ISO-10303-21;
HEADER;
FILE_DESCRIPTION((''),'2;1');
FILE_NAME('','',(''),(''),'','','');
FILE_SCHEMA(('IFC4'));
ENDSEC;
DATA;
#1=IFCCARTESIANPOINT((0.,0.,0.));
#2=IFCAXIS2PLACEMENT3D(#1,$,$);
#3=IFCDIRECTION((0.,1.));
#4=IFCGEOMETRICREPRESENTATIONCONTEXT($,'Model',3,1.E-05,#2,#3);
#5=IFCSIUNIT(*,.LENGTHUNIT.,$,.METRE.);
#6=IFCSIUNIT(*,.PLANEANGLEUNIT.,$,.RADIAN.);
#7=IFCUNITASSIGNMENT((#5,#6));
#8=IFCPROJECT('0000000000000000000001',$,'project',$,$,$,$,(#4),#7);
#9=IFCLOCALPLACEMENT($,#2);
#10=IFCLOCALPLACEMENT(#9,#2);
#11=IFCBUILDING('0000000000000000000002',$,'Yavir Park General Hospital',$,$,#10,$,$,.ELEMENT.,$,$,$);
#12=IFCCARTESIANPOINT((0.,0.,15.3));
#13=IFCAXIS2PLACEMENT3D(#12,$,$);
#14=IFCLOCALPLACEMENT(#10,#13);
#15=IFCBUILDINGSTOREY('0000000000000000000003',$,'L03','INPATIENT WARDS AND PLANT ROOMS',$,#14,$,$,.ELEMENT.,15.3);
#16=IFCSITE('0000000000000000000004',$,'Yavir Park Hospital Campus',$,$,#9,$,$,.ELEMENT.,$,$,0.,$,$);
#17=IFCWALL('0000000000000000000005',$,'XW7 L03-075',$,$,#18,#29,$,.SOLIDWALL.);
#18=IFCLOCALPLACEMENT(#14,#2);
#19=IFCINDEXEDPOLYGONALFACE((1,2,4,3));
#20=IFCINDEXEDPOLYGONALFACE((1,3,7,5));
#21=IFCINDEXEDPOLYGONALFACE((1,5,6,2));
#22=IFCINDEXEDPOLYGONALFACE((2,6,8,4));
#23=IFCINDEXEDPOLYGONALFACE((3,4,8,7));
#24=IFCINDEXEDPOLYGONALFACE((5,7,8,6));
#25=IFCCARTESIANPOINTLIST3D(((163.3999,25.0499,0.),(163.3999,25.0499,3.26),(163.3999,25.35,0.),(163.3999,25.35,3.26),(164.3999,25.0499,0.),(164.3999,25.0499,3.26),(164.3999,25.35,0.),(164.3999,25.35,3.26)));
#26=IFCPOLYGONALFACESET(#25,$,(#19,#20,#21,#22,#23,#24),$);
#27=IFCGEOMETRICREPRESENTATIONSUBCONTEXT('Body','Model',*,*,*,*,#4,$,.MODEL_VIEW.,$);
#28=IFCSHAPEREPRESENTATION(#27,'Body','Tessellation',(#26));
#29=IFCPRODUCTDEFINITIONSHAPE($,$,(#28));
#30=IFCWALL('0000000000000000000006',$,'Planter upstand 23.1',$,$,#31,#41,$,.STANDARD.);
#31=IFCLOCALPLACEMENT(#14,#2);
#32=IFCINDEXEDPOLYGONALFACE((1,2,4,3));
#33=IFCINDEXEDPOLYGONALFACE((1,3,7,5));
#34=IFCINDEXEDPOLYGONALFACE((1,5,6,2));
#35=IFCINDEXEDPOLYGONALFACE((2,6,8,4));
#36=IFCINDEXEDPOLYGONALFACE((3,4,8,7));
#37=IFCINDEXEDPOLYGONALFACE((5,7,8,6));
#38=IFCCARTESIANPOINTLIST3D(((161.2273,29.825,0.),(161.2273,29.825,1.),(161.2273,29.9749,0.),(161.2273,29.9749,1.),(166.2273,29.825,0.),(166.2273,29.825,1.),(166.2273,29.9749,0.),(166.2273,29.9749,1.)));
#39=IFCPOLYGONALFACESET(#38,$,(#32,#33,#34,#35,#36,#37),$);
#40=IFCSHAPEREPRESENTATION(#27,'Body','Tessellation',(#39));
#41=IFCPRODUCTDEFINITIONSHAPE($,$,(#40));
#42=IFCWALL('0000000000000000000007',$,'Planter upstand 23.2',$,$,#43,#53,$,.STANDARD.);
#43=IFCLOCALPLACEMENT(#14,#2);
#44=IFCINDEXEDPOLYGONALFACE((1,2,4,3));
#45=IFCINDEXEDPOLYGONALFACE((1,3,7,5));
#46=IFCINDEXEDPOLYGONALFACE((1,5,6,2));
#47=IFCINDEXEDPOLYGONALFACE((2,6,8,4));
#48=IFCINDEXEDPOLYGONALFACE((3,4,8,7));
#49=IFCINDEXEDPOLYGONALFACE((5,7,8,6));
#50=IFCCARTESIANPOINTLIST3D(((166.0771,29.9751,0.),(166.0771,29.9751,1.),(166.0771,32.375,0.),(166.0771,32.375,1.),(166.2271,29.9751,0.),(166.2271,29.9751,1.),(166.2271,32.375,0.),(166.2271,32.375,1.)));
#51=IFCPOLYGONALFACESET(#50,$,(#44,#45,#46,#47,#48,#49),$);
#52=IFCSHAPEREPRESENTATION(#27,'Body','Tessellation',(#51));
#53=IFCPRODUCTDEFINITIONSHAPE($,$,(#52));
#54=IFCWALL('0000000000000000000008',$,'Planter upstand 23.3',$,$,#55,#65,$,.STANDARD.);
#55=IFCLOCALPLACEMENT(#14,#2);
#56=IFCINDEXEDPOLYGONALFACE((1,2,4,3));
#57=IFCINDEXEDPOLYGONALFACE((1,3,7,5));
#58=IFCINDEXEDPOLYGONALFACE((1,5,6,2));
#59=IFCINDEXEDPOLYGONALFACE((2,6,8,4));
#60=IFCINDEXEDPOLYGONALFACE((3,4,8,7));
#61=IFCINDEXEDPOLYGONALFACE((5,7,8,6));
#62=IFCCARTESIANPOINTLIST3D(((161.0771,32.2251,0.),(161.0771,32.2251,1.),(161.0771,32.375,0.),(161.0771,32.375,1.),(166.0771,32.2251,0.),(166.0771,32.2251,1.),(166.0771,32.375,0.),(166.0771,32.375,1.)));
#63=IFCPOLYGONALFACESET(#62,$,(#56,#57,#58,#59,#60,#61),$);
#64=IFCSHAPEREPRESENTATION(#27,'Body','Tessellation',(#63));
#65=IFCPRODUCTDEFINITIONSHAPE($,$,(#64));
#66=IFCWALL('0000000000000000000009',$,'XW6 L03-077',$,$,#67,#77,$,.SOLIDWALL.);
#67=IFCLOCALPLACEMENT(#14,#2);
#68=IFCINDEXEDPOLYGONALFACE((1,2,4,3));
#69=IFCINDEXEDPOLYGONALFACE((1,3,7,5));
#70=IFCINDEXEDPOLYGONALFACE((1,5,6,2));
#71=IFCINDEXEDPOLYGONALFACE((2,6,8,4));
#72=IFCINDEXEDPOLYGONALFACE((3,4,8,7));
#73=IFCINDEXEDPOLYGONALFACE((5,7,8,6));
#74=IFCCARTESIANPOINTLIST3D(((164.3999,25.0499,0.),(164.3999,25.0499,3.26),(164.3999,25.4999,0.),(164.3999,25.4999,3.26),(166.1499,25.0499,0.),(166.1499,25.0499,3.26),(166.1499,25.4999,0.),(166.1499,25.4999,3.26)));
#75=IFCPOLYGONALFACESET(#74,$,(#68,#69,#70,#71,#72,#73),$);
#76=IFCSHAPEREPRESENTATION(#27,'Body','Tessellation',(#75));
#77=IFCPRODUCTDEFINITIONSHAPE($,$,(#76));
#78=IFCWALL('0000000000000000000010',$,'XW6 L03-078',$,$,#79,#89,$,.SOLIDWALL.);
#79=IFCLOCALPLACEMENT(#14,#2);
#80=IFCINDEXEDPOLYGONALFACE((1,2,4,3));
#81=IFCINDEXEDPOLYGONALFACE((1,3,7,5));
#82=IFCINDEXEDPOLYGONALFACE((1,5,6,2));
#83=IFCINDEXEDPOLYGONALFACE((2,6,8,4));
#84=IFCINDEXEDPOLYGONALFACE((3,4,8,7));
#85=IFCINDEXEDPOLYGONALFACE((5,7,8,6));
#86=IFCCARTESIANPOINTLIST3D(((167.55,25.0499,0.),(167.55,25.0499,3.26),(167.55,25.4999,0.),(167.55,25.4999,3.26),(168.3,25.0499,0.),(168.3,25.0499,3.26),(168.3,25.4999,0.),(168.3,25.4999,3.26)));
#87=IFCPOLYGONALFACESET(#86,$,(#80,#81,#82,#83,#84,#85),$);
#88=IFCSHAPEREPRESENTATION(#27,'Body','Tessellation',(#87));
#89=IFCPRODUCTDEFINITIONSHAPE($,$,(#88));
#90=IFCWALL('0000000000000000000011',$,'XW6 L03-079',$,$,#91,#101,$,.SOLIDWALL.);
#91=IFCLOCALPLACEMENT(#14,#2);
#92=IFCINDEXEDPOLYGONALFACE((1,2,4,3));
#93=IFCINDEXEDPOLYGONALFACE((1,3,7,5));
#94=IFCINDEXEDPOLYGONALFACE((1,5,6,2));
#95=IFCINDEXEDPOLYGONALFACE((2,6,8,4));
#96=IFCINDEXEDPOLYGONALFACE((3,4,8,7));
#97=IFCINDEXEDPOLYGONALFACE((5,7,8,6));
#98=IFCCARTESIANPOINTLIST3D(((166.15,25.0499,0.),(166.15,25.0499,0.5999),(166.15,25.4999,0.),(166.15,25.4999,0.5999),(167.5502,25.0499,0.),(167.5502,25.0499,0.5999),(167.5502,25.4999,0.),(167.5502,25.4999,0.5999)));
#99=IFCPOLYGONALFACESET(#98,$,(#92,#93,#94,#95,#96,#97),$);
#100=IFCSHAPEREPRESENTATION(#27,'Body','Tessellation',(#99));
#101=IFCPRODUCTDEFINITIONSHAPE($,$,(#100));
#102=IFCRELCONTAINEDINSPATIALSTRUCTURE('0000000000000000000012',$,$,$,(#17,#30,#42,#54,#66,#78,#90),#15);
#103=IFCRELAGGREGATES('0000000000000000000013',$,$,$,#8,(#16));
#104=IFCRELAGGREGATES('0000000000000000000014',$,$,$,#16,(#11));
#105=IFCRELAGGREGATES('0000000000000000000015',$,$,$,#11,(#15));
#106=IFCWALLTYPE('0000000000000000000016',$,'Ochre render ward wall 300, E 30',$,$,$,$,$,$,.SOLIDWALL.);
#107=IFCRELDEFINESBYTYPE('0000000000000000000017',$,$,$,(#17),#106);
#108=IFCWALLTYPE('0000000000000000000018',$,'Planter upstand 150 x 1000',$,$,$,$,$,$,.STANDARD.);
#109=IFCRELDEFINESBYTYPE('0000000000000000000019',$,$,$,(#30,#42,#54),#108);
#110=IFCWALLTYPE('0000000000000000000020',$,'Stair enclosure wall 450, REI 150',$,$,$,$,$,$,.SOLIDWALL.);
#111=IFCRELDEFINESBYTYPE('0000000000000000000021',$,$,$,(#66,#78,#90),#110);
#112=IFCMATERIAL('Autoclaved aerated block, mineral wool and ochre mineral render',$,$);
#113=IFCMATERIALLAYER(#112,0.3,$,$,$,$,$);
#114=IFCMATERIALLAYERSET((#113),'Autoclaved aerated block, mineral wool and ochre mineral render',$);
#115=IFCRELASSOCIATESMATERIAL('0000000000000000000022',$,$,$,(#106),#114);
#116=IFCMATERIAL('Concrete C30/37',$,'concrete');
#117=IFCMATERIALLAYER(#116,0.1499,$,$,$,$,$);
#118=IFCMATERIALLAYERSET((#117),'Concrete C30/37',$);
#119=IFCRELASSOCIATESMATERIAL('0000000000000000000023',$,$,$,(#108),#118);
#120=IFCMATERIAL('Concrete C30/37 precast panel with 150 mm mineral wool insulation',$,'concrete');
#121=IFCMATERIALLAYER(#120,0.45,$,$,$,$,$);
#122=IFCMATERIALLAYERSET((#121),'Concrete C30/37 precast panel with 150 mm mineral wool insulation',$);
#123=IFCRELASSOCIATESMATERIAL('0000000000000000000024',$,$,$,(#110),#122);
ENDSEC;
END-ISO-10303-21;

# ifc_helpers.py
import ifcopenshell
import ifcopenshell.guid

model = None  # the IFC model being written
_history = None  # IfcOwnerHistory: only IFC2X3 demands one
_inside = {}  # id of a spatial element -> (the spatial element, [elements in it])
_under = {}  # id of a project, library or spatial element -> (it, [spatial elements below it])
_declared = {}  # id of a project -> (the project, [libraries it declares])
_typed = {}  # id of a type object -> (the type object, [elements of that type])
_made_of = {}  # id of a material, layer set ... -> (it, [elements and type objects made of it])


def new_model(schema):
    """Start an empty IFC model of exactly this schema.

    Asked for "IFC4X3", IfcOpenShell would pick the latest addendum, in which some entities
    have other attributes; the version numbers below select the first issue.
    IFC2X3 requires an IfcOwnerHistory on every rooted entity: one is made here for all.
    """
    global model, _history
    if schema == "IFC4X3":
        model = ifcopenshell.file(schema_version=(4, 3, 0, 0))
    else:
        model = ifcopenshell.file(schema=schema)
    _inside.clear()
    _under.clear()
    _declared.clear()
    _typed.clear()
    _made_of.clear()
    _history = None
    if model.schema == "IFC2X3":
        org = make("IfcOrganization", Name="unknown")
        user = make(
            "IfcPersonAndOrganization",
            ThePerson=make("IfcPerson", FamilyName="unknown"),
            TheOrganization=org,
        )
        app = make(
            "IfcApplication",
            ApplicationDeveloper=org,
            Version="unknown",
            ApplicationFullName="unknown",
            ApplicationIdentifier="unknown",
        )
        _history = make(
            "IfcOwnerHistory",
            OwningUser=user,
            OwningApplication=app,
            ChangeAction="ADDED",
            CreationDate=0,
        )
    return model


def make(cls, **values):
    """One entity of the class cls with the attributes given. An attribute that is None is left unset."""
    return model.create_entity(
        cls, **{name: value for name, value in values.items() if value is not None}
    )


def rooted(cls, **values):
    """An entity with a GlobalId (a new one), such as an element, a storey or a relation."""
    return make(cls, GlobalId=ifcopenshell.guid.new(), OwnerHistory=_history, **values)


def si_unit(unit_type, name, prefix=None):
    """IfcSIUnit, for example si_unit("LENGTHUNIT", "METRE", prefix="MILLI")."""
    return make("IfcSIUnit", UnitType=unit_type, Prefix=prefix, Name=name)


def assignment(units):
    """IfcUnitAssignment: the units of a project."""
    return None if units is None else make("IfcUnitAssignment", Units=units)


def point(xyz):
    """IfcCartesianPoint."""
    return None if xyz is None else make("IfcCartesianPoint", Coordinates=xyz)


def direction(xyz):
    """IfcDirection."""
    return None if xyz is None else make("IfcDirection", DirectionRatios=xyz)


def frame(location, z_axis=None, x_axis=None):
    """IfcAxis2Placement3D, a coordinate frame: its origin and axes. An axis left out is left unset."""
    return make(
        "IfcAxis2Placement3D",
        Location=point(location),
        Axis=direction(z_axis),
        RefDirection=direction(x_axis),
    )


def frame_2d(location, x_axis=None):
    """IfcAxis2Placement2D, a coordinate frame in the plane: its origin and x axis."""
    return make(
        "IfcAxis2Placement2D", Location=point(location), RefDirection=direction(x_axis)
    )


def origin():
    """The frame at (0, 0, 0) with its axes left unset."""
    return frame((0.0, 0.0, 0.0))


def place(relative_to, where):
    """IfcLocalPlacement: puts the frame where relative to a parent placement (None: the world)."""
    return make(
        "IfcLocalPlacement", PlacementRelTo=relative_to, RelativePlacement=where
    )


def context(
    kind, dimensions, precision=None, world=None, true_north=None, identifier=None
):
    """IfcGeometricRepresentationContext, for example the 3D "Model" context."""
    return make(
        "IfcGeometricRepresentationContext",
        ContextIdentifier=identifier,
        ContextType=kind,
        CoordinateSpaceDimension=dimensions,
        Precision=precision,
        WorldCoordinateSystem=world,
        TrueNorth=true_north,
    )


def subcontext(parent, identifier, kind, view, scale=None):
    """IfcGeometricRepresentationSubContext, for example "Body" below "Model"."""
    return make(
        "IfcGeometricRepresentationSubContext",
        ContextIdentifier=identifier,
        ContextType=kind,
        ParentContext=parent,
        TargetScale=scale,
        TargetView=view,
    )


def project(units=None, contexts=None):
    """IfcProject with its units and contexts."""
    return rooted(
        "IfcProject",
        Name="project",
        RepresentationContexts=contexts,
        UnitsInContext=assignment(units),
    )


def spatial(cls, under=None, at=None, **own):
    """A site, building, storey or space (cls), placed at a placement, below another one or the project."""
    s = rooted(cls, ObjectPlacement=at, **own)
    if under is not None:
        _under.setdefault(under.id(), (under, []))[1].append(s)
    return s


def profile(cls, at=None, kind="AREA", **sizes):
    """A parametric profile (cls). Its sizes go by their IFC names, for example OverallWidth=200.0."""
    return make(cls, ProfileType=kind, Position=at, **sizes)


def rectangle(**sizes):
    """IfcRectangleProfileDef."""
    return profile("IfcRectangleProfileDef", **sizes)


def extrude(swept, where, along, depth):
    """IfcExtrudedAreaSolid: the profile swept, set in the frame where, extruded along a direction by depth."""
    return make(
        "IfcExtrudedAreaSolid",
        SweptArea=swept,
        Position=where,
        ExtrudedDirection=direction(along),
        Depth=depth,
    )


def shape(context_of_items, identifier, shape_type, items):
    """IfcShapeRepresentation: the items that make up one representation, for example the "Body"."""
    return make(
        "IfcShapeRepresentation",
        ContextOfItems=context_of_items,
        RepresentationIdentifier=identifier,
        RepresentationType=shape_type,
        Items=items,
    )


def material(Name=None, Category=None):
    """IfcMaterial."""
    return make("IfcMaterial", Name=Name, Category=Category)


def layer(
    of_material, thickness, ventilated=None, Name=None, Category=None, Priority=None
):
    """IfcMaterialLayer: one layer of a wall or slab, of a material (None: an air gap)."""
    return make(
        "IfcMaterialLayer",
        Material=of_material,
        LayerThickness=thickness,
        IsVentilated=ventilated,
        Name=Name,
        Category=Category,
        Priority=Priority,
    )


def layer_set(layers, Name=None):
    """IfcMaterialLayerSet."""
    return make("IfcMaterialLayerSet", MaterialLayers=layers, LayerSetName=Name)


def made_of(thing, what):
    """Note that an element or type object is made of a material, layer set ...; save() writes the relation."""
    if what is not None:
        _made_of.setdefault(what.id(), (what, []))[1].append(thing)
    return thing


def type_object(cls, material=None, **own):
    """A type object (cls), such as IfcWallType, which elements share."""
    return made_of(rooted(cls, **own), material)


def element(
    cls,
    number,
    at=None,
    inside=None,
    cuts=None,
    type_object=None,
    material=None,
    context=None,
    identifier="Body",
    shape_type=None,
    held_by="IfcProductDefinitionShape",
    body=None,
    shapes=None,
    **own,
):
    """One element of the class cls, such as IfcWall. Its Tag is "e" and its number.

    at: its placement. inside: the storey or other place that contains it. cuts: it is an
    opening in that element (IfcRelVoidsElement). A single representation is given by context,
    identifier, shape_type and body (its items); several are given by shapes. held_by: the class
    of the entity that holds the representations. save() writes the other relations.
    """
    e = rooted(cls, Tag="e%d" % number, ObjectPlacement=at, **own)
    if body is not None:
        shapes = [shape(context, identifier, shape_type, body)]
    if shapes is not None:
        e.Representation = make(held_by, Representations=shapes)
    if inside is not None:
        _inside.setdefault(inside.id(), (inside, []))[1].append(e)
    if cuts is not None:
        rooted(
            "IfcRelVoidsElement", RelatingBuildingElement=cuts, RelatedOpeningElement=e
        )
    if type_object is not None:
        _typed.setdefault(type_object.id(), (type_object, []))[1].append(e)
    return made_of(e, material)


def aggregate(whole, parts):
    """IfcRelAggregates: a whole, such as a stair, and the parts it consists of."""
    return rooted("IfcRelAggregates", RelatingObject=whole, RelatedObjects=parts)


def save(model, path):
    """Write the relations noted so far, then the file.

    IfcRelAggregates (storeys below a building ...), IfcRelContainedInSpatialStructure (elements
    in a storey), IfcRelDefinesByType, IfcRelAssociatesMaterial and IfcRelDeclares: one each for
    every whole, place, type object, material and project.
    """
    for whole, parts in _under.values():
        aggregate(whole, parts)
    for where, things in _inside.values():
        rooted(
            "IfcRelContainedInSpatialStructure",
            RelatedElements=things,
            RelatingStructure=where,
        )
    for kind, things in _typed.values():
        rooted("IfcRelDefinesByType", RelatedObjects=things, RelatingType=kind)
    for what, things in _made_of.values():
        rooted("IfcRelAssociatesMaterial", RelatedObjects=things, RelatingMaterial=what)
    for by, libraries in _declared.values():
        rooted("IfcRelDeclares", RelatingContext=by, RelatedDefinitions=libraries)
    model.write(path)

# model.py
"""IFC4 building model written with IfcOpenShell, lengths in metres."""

from ifc_helpers import new_model, si_unit, direction, frame, frame_2d, origin, place, context, subcontext, project, spatial, rectangle, extrude, material, layer, layer_set, type_object, element, save


model = new_model("IFC4")

# Units and contexts
model_context = context("Model", 3, precision=1e-05, world=origin(), true_north=direction((0.0, 1.0)))
body_context = subcontext(model_context, "Body", "Model", "MODEL_VIEW")
ifc_project = project(units=[si_unit("LENGTHUNIT", "METRE"), si_unit("PLANEANGLEUNIT", "RADIAN")], contexts=[model_context])

# Site, building, storey
site_placement = place(None, origin())
site = spatial("IfcSite", under=ifc_project, at=site_placement, Name="Yavir Park Hospital Campus", CompositionType="ELEMENT", RefElevation=0.0)
building_placement = place(site_placement, origin())
building = spatial("IfcBuilding", under=site, at=building_placement, Name="Yavir Park General Hospital", CompositionType="ELEMENT")
storey_placement = place(building_placement, frame((0.0, 0.0, 15.3)))
storey = spatial("IfcBuildingStorey", under=building, at=storey_placement, Name="L03", Description="INPATIENT WARDS AND PLANT ROOMS", CompositionType="ELEMENT", Elevation=15.3)

# Walls
ifc_material_1 = material(Name="Autoclaved aerated block, mineral wool and ochre mineral render")
ifc_layer_1 = layer(ifc_material_1, 0.3)
ifc_layer_set_1 = layer_set([ifc_layer_1], Name="Autoclaved aerated block, mineral wool and ochre mineral render")
wall_type_1 = type_object("IfcWallType", Name="Ochre render ward wall 300, E 30", PredefinedType="SOLIDWALL", material=ifc_layer_set_1)
wall_1_placement = place(storey_placement, frame((163.3999, 25.2, 0.0), z_axis=(0.0, 0.0, 1.0), x_axis=(1.0, 0.0, 0.0)))
element("IfcWall", 1, at=wall_1_placement, inside=storey, type_object=wall_type_1, Name="XW7 L03-075", PredefinedType="SOLIDWALL", context=body_context, shape_type="SweptSolid", body=[
    extrude(rectangle(XDim=1.0, YDim=0.3, at=frame_2d((0.5, 0.0))), origin(), (0.0, 0.0, 1.0), 3.26),
])
ifc_material_2 = material(Name="Concrete C30/37", Category="concrete")
ifc_layer_2 = layer(ifc_material_2, 0.1499)
ifc_layer_set_2 = layer_set([ifc_layer_2], Name="Concrete C30/37")
wall_type_2 = type_object("IfcWallType", Name="Planter upstand 150 x 1000", PredefinedType="STANDARD", material=ifc_layer_set_2)
wall_2_placement = place(storey_placement, frame((161.2273, 29.8999, 0.0), z_axis=(0.0, 0.0, 1.0), x_axis=(1.0, 0.0, 0.0)))
element("IfcWall", 2, at=wall_2_placement, inside=storey, type_object=wall_type_2, Name="Planter upstand 23.1", PredefinedType="STANDARD", context=body_context, shape_type="SweptSolid", body=[
    extrude(rectangle(XDim=5.0, YDim=0.1499, at=frame_2d((2.5, 0.0))), origin(), (0.0, 0.0, 1.0), 1.0),
])
wall_3_placement = place(storey_placement, frame((166.1521, 29.9751, 0.0), z_axis=(0.0, 0.0, 1.0), x_axis=(0.0, 1.0, 0.0)))
element("IfcWall", 3, at=wall_3_placement, inside=storey, type_object=wall_type_2, Name="Planter upstand 23.2", PredefinedType="STANDARD", context=body_context, shape_type="SweptSolid", body=[
    extrude(rectangle(XDim=2.3999, YDim=0.1499, at=frame_2d((1.2, 0.0))), origin(), (0.0, 0.0, 1.0), 1.0),
])
wall_4_placement = place(storey_placement, frame((166.0771, 32.3, 0.0), z_axis=(0.0, 0.0, 1.0), x_axis=(-1.0, 0.0, 0.0)))
element("IfcWall", 4, at=wall_4_placement, inside=storey, type_object=wall_type_2, Name="Planter upstand 23.3", PredefinedType="STANDARD", context=body_context, shape_type="SweptSolid", body=[
    extrude(rectangle(XDim=5.0, YDim=0.1499, at=frame_2d((2.5, 0.0))), origin(), (0.0, 0.0, 1.0), 1.0),
])
ifc_material_3 = material(Name="Concrete C30/37 precast panel with 150 mm mineral wool insulation", Category="concrete")
ifc_layer_3 = layer(ifc_material_3, 0.45)
ifc_layer_set_3 = layer_set([ifc_layer_3], Name="Concrete C30/37 precast panel with 150 mm mineral wool insulation")
wall_type_3 = type_object("IfcWallType", Name="Stair enclosure wall 450, REI 150", PredefinedType="SOLIDWALL", material=ifc_layer_set_3)
wall_5_placement = place(storey_placement, frame((164.3999, 25.2749, 0.0), z_axis=(0.0, 0.0, 1.0), x_axis=(1.0, 0.0, 0.0)))
element("IfcWall", 5, at=wall_5_placement, inside=storey, type_object=wall_type_3, Name="XW6 L03-077", PredefinedType="SOLIDWALL", context=body_context, shape_type="SweptSolid", body=[
    extrude(rectangle(XDim=1.75, YDim=0.45, at=frame_2d((0.875, 0.0))), origin(), (0.0, 0.0, 1.0), 3.26),
])
wall_6_placement = place(storey_placement, frame((167.55, 25.2749, 0.0), z_axis=(0.0, 0.0, 1.0), x_axis=(1.0, 0.0, 0.0)))
element("IfcWall", 6, at=wall_6_placement, inside=storey, type_object=wall_type_3, Name="XW6 L03-078", PredefinedType="SOLIDWALL", context=body_context, shape_type="SweptSolid", body=[
    extrude(rectangle(XDim=0.75, YDim=0.45, at=frame_2d((0.375, 0.0))), origin(), (0.0, 0.0, 1.0), 3.26),
])
wall_7_placement = place(storey_placement, frame((166.1499, 25.2749, 0.0), z_axis=(0.0, 0.0, 1.0), x_axis=(1.0, 0.0, 0.0)))
element("IfcWall", 7, at=wall_7_placement, inside=storey, type_object=wall_type_3, Name="XW6 L03-079", PredefinedType="SOLIDWALL", context=body_context, shape_type="SweptSolid", body=[
    extrude(rectangle(XDim=1.4001, YDim=0.45, at=frame_2d((0.7002, 0.0))), origin(), (0.0, 0.0, 1.0), 0.5999),
])

save(model, "model.ifc")
